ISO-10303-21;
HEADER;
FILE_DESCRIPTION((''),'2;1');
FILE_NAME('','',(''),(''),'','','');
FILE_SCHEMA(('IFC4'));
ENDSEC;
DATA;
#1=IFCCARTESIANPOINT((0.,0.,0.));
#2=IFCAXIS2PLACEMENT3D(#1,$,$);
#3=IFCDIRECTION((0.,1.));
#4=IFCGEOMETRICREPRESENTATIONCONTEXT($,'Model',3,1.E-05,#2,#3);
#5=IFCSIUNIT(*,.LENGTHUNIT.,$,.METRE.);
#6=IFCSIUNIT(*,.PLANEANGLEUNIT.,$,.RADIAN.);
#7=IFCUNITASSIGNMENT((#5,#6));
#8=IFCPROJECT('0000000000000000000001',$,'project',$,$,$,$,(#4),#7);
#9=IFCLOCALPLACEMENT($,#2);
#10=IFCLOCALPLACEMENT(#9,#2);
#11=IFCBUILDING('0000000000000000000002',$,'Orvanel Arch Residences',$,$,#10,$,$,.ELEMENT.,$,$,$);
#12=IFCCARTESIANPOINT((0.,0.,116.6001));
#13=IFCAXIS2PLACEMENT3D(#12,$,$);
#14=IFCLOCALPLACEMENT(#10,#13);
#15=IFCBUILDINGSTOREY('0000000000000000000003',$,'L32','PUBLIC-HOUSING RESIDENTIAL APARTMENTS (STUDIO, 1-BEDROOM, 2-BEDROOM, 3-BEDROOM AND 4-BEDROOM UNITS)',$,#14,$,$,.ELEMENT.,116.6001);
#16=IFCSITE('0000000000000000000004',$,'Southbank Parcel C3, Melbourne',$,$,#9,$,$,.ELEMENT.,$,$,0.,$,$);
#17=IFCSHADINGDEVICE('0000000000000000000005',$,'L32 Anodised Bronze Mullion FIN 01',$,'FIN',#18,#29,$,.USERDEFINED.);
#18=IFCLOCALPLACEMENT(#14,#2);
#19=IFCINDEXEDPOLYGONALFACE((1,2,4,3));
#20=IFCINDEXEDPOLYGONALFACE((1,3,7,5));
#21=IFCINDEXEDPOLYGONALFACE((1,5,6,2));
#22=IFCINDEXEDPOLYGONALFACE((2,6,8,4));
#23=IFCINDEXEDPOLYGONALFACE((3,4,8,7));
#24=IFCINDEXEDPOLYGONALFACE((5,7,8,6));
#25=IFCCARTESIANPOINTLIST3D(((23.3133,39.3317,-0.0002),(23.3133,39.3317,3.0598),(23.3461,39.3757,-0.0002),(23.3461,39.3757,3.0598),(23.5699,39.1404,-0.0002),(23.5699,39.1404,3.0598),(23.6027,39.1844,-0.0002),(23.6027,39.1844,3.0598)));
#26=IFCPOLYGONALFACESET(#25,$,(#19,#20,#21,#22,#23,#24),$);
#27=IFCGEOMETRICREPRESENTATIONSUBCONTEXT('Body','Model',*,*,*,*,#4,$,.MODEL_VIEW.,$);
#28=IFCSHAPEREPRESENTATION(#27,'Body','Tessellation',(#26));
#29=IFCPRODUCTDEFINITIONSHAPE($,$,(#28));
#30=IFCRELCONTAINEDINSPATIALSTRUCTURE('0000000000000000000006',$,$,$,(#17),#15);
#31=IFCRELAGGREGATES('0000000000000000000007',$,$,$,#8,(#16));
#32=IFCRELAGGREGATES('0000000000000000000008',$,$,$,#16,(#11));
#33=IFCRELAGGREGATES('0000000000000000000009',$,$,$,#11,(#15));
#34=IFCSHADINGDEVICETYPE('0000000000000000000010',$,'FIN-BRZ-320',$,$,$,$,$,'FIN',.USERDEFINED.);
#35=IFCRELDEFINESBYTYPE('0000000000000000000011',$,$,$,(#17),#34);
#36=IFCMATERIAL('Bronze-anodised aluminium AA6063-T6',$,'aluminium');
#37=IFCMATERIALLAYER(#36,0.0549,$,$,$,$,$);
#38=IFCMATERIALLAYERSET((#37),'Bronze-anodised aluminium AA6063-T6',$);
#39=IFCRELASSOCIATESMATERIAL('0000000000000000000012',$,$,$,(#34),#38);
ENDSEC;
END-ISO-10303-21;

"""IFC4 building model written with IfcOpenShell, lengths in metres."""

from ifc_helpers import new_model, si_unit, direction, frame, origin, origin_2d, place, context, subcontext, project, spatial, rectangle, extrude, material, layer, layer_set, type_object, element, save


model = new_model("IFC4")

# Units and contexts
model_context = context("Model", 3, precision=1e-05, world=origin(), true_north=direction((0.0, 1.0)))
body_context = subcontext(model_context, "Body", "Model", "MODEL_VIEW")
ifc_project = project(units=[si_unit("LENGTHUNIT", "METRE"), si_unit("PLANEANGLEUNIT", "RADIAN")], contexts=[model_context])

# Site, building, storey
site_placement = place(None, origin())
site = spatial("IfcSite", under=ifc_project, at=site_placement, Name="Southbank Parcel C3, Melbourne", CompositionType="ELEMENT", RefElevation=0.0)
building_placement = place(site_placement, origin())
building = spatial("IfcBuilding", under=site, at=building_placement, Name="Orvanel Arch Residences", CompositionType="ELEMENT")
storey_placement = place(building_placement, frame((0.0, 0.0, 116.6001)))
storey = spatial("IfcBuildingStorey", under=building, at=storey_placement, Name="L32", Description="PUBLIC-HOUSING RESIDENTIAL APARTMENTS (STUDIO, 1-BEDROOM, 2-BEDROOM, 3-BEDROOM AND 4-BEDROOM UNITS)", CompositionType="ELEMENT", Elevation=116.6001)

# Shared definitions
ifc_material_1 = material(Name="Bronze-anodised aluminium AA6063-T6", Category="aluminium")

# Shading device
ifc_layer_1 = layer(ifc_material_1, 0.0549)
ifc_layer_set_1 = layer_set([ifc_layer_1], Name="Bronze-anodised aluminium AA6063-T6")
shading_device_type = type_object("IfcShadingDeviceType", Name="FIN-BRZ-320", ElementType="FIN", PredefinedType="USERDEFINED", material=ifc_layer_set_1)
shading_device_placement = place(storey_placement, frame((23.458, 39.2581, -0.0002), z_axis=(0.0, 0.0, 1.0), x_axis=(-0.801776, 0.597625, 0.0)))
element("IfcShadingDevice", 1, at=shading_device_placement, inside=storey, type_object=shading_device_type, Name="L32 Anodised Bronze Mullion FIN 01", ObjectType="FIN", PredefinedType="USERDEFINED", context=body_context, shape_type="SweptSolid", body=[
    extrude(rectangle(XDim=0.3201, YDim=0.0549, at=origin_2d()), origin(), (0.0, 0.0, 1.0), 3.0601),
])

save(model, "model.ifc")
